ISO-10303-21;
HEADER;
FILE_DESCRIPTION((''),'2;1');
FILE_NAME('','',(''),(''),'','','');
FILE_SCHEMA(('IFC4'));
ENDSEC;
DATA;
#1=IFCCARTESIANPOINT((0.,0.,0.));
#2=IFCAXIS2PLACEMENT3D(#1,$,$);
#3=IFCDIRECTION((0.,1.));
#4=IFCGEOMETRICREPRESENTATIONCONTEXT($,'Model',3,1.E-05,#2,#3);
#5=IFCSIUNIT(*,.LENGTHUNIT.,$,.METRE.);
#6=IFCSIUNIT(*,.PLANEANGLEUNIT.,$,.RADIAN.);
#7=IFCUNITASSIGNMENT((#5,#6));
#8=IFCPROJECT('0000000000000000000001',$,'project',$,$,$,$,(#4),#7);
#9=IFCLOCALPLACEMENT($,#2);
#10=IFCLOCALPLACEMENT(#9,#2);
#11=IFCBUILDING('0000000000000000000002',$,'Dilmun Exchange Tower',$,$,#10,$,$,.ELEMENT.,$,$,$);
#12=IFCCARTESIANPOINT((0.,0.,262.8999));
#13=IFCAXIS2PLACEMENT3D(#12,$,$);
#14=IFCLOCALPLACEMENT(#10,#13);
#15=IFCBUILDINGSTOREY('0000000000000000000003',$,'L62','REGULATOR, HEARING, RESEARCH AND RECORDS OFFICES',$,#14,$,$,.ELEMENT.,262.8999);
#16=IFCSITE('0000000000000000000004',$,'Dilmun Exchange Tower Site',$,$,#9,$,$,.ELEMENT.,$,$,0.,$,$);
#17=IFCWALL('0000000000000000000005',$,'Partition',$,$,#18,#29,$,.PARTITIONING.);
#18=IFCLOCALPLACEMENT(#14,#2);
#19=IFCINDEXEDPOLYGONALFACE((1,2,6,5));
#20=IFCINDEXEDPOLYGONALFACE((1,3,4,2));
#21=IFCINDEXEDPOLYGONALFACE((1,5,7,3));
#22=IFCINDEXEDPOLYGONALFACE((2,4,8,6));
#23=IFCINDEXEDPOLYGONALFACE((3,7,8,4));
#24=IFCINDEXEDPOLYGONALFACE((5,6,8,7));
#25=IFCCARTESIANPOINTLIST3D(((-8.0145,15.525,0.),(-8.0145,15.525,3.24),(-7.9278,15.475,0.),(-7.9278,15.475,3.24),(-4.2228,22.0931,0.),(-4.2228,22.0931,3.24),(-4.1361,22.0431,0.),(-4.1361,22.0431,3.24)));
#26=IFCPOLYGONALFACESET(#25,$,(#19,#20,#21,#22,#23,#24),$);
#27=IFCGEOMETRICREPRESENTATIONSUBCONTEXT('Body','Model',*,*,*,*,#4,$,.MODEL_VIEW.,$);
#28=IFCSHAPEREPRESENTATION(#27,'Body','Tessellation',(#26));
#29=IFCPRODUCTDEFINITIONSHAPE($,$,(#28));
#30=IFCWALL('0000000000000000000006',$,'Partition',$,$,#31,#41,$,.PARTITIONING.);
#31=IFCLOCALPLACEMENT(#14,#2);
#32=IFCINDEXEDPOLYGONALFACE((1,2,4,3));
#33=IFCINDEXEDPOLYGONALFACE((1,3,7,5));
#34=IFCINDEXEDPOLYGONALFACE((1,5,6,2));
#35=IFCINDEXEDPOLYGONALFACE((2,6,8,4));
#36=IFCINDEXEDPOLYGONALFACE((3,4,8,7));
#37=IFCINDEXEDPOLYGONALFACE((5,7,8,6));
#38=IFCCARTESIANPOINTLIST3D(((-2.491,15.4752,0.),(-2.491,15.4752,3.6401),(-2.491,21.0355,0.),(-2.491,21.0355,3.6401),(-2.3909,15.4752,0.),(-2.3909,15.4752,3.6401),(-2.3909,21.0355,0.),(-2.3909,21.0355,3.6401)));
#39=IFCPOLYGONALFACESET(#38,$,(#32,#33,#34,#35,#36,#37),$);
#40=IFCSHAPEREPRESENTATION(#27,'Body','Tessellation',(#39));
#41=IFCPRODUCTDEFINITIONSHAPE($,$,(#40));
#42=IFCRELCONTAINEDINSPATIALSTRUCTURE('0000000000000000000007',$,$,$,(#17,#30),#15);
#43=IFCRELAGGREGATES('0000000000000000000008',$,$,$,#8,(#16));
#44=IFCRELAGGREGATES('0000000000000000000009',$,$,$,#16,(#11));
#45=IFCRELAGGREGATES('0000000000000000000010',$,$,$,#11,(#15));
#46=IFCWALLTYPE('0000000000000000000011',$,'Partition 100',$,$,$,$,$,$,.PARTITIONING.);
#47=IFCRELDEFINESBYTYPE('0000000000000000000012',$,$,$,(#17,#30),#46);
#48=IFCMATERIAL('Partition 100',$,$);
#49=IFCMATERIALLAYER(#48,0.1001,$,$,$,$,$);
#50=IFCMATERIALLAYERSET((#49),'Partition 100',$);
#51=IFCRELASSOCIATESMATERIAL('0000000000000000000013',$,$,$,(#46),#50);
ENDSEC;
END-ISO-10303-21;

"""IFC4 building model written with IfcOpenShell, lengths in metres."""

from ifc_helpers import new_model, si_unit, direction, frame, frame_2d, origin, place, context, subcontext, project, spatial, rectangle, extrude, material, layer, layer_set, type_object, element, save


model = new_model("IFC4")

# Units and contexts
model_context = context("Model", 3, precision=1e-05, world=origin(), true_north=direction((0.0, 1.0)))
body_context = subcontext(model_context, "Body", "Model", "MODEL_VIEW")
ifc_project = project(units=[si_unit("LENGTHUNIT", "METRE"), si_unit("PLANEANGLEUNIT", "RADIAN")], contexts=[model_context])

# Site, building, storey
site_placement = place(None, origin())
site = spatial("IfcSite", under=ifc_project, at=site_placement, Name="Dilmun Exchange Tower Site", CompositionType="ELEMENT", RefElevation=0.0)
building_placement = place(site_placement, origin())
building = spatial("IfcBuilding", under=site, at=building_placement, Name="Dilmun Exchange Tower", CompositionType="ELEMENT")
storey_placement = place(building_placement, frame((0.0, 0.0, 262.8999)))
storey = spatial("IfcBuildingStorey", under=building, at=storey_placement, Name="L62", Description="REGULATOR, HEARING, RESEARCH AND RECORDS OFFICES", CompositionType="ELEMENT", Elevation=262.8999)

# Walls
ifc_material_1 = material(Name="Partition 100")
ifc_layer_1 = layer(ifc_material_1, 0.1001)
ifc_layer_set_1 = layer_set([ifc_layer_1], Name="Partition 100")
wall_type_1 = type_object("IfcWallType", Name="Partition 100", PredefinedType="PARTITIONING", material=ifc_layer_set_1)
wall_1_placement = place(storey_placement, frame((-7.9712, 15.5, 0.0), z_axis=(0.0, 0.0, 1.0), x_axis=(0.499965, 0.866046, 0.0)))
element("IfcWall", 1, at=wall_1_placement, inside=storey, type_object=wall_type_1, Name="Partition", PredefinedType="PARTITIONING", context=body_context, shape_type="SweptSolid", body=[
    extrude(rectangle(XDim=7.584, YDim=0.1001, at=frame_2d((3.792, 0.0))), origin(), (0.0, 0.0, 1.0), 3.24),
])
wall_2_placement = place(storey_placement, frame((-2.4409, 15.4751, 0.0), z_axis=(0.0, 0.0, 1.0), x_axis=(0.0, 1.0, 0.0)))
element("IfcWall", 2, at=wall_2_placement, inside=storey, type_object=wall_type_1, Name="Partition", PredefinedType="PARTITIONING", context=body_context, shape_type="SweptSolid", body=[
    extrude(rectangle(XDim=5.5603, YDim=0.1001, at=frame_2d((2.7803, 0.0))), origin(), (0.0, 0.0, 1.0), 3.6401),
])

save(model, "model.ifc")
